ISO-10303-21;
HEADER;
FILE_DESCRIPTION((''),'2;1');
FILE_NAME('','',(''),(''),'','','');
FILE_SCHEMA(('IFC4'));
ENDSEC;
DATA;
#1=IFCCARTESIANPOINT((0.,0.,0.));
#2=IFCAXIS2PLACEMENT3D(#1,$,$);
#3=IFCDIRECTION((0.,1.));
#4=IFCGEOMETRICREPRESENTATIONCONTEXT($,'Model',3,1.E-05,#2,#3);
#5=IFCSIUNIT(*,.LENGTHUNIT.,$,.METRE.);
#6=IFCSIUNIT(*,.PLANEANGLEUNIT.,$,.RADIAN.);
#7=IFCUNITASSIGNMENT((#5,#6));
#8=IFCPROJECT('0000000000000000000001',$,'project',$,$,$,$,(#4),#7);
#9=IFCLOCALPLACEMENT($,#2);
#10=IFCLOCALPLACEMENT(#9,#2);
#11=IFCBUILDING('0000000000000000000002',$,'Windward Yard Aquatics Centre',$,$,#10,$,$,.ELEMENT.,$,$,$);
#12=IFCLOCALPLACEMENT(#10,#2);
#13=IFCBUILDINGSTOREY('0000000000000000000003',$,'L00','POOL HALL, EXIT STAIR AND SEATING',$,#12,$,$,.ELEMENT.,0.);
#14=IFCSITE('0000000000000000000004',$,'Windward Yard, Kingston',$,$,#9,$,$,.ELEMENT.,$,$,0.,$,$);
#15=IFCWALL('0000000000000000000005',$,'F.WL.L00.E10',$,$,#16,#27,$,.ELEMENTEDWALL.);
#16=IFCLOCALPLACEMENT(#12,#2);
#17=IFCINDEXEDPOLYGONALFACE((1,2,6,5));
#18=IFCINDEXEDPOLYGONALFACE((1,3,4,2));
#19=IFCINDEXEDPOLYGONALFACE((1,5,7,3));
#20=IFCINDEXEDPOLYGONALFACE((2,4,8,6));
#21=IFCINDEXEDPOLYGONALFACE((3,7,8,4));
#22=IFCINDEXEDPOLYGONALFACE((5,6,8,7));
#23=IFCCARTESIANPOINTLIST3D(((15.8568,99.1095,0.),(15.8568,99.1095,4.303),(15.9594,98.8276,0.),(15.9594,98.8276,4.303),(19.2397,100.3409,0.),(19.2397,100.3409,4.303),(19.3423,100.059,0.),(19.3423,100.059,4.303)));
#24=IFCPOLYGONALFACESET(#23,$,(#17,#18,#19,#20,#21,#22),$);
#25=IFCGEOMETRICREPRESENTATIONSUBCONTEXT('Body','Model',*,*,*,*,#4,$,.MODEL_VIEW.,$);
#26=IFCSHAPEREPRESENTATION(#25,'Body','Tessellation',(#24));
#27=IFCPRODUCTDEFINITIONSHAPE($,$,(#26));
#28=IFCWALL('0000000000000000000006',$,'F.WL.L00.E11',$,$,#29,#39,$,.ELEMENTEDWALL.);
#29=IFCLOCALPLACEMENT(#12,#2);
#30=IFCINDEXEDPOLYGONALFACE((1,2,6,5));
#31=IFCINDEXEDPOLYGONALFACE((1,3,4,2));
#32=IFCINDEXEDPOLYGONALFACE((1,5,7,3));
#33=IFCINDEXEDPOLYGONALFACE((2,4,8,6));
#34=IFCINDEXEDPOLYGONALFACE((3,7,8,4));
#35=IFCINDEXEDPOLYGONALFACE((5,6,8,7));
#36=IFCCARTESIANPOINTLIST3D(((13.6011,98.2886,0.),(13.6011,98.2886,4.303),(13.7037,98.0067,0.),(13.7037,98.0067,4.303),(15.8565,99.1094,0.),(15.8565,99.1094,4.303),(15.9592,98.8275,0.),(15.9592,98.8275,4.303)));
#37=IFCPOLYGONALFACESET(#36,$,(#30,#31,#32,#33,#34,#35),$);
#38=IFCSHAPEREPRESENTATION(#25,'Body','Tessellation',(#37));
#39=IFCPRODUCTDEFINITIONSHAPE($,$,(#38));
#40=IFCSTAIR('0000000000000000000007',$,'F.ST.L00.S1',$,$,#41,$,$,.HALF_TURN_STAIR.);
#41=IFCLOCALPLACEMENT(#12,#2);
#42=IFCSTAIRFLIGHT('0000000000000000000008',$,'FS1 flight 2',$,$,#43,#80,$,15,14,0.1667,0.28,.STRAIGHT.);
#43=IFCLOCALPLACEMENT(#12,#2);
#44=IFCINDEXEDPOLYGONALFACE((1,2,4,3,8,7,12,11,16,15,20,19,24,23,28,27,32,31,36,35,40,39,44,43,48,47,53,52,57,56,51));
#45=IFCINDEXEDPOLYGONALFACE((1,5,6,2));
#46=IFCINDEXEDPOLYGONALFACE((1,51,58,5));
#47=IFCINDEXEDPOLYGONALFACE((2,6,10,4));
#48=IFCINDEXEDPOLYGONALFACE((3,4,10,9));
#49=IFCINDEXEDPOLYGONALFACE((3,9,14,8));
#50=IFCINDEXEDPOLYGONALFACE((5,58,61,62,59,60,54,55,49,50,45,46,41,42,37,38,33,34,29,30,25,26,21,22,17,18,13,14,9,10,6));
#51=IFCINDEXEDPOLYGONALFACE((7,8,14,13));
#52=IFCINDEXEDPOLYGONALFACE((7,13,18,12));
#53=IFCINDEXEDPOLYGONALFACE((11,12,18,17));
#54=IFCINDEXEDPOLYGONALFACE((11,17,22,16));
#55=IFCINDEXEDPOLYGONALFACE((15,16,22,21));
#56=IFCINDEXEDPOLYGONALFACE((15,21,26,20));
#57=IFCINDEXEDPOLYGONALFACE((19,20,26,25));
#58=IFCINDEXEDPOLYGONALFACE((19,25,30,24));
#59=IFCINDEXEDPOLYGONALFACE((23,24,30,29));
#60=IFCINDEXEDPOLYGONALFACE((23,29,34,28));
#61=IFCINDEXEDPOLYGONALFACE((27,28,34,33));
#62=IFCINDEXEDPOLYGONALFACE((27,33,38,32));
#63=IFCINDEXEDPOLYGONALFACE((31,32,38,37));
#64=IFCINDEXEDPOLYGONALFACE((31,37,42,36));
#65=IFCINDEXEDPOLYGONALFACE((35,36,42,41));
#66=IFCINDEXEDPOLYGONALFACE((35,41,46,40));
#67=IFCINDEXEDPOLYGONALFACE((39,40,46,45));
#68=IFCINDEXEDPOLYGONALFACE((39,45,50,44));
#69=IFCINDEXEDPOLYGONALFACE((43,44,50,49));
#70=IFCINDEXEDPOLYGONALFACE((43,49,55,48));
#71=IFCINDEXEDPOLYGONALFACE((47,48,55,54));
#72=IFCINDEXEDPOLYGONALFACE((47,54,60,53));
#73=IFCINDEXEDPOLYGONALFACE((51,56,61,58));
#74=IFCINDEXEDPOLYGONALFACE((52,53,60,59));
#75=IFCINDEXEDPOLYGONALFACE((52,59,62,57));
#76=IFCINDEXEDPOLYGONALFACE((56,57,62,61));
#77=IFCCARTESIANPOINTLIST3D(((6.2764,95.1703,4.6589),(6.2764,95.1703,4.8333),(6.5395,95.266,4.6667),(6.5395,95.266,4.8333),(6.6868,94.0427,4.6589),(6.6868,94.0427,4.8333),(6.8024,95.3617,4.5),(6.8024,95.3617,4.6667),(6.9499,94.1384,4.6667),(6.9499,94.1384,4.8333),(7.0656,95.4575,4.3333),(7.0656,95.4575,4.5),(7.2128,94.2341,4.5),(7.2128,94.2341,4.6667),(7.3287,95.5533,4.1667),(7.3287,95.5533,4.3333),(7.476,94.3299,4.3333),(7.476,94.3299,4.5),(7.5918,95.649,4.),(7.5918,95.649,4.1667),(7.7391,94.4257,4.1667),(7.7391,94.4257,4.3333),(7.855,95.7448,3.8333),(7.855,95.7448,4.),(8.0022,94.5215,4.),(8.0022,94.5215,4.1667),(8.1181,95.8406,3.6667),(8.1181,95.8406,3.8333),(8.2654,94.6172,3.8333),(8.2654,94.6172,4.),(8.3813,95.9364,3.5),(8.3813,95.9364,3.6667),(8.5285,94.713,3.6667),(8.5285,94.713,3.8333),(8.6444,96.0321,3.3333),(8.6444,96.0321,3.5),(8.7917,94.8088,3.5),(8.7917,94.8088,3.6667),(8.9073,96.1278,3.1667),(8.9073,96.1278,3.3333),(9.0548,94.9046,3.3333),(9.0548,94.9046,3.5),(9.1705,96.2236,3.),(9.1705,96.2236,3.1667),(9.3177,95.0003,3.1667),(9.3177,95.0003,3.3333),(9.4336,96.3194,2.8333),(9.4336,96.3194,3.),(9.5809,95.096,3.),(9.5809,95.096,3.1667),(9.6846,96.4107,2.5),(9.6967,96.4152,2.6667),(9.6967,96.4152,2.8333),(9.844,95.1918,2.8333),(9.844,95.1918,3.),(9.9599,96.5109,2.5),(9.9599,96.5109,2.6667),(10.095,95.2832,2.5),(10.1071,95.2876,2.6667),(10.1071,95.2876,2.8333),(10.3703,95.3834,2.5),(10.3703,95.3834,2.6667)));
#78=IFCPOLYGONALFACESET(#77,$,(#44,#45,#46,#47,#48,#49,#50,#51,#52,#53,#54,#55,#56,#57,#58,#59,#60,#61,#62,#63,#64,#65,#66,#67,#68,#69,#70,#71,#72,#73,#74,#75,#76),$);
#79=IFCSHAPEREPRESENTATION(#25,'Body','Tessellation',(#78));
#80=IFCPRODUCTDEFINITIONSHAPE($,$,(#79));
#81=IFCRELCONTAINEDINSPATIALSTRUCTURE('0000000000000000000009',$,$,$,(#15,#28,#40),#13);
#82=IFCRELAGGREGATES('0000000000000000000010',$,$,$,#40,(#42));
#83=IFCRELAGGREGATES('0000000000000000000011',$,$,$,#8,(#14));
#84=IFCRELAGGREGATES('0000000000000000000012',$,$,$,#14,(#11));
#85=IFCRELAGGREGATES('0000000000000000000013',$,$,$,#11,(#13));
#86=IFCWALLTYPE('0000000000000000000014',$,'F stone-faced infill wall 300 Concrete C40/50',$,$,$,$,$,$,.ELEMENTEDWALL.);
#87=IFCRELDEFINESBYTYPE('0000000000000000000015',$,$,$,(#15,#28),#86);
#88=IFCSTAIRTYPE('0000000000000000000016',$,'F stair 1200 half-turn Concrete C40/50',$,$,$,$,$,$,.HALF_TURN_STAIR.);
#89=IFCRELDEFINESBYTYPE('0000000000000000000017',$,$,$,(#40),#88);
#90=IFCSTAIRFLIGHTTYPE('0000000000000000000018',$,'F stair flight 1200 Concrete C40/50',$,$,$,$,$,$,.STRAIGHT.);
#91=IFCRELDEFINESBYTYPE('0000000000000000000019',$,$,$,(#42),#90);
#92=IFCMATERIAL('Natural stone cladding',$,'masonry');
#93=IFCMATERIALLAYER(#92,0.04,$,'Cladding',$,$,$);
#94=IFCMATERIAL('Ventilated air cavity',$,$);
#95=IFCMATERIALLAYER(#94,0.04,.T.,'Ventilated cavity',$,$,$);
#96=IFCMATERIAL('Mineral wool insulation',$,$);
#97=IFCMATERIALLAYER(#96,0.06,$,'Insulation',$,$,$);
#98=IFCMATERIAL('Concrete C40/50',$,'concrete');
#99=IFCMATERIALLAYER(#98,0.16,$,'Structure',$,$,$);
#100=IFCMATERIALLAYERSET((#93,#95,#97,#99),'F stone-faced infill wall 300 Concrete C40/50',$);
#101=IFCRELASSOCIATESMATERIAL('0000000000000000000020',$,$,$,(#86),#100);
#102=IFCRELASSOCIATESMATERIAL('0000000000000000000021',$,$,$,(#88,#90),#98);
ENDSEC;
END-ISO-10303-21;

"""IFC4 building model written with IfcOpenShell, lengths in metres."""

from ifc_helpers import new_model, si_unit, direction, frame, frame_2d, origin, place, context, subcontext, project, spatial, polyline, rectangle, outline, extrude, material, layer, layer_set, type_object, element, aggregate, save


model = new_model("IFC4")

# Units and contexts
model_context = context("Model", 3, precision=1e-05, world=origin(), true_north=direction((0.0, 1.0)))
body_context = subcontext(model_context, "Body", "Model", "MODEL_VIEW")
ifc_project = project(units=[si_unit("LENGTHUNIT", "METRE"), si_unit("PLANEANGLEUNIT", "RADIAN")], contexts=[model_context])

# Site, building, storey
site_placement = place(None, origin())
site = spatial("IfcSite", under=ifc_project, at=site_placement, Name="Windward Yard, Kingston", CompositionType="ELEMENT", RefElevation=0.0)
building_placement = place(site_placement, origin())
building = spatial("IfcBuilding", under=site, at=building_placement, Name="Windward Yard Aquatics Centre", CompositionType="ELEMENT")
storey_placement = place(building_placement, origin())
storey = spatial("IfcBuildingStorey", under=building, at=storey_placement, Name="L00", Description="POOL HALL, EXIT STAIR AND SEATING", CompositionType="ELEMENT", Elevation=0.0)

# Shared definitions
ifc_material_1 = material(Name="Concrete C40/50", Category="concrete")

# Walls
ifc_material_2 = material(Name="Natural stone cladding", Category="masonry")
ifc_layer_1 = layer(ifc_material_2, 0.04, Name="Cladding")
ifc_material_3 = material(Name="Ventilated air cavity")
ifc_layer_2 = layer(ifc_material_3, 0.04, ventilated=True, Name="Ventilated cavity")
ifc_material_4 = material(Name="Mineral wool insulation")
ifc_layer_3 = layer(ifc_material_4, 0.06, Name="Insulation")
ifc_layer_4 = layer(ifc_material_1, 0.16, Name="Structure")
ifc_layer_set_1 = layer_set([ifc_layer_1, ifc_layer_2, ifc_layer_3, ifc_layer_4], Name="F stone-faced infill wall 300 Concrete C40/50")
wall_type_1 = type_object("IfcWallType", Name="F stone-faced infill wall 300 Concrete C40/50", PredefinedType="ELEMENTEDWALL", material=ifc_layer_set_1)
wall_1_placement = place(storey_placement, frame((19.291, 100.2, 0.0), z_axis=(0.0, 0.0, 1.0), x_axis=(-0.939682, -0.342048, 0.0)))
element("IfcWall", 1, at=wall_1_placement, inside=storey, type_object=wall_type_1, Name="F.WL.L00.E10", PredefinedType="ELEMENTEDWALL", context=body_context, shape_type="SweptSolid", body=[
    extrude(rectangle(XDim=3.6001, YDim=0.3, at=frame_2d((1.8, 0.0))), origin(), (0.0, 0.0, 1.0), 4.303),
])
wall_2_placement = place(storey_placement, frame((15.908, 98.9685, 0.0), z_axis=(0.0, 0.0, 1.0), x_axis=(-0.939704, -0.341988, 0.0)))
element("IfcWall", 2, at=wall_2_placement, inside=storey, type_object=wall_type_1, Name="F.WL.L00.E11", PredefinedType="ELEMENTEDWALL", context=body_context, shape_type="SweptSolid", body=[
    extrude(rectangle(XDim=2.4001, YDim=0.3, at=frame_2d((1.2002, 0.0))), origin(), (0.0, 0.0, 1.0), 4.303),
])

# Stair, stair flight
stair_type = type_object("IfcStairType", Name="F stair 1200 half-turn Concrete C40/50", PredefinedType="HALF_TURN_STAIR", material=ifc_material_1)
stair_placement = place(storey_placement, origin())
stair = element("IfcStair", 3, at=stair_placement, inside=storey, type_object=stair_type, Name="F.ST.L00.S1", PredefinedType="HALF_TURN_STAIR")
stair_flight_type = type_object("IfcStairFlightType", Name="F stair flight 1200 Concrete C40/50", PredefinedType="STRAIGHT", material=ifc_material_1)
stair_flight_placement = place(storey_placement, frame((10.165, 95.9473, 2.5), z_axis=(0.0, 0.0, 1.0), x_axis=(-0.939693, -0.34202, 0.0)))
stair_flight = element("IfcStairFlight", 4, at=stair_flight_placement, type_object=stair_flight_type, Name="FS1 flight 2", NumberOfRisers=15, NumberOfTreads=14, PredefinedType="STRAIGHT", RiserHeight=0.1667, TreadLength=0.28, context=body_context, shape_type="SweptSolid", body=[
    extrude(outline(polyline([(0.0, 0.0), (0.0, 0.1667), (0.28, 0.1667), (0.28, 0.3333), (0.5601, 0.3333), (0.5601, 0.5), (0.8401, 0.5), (0.8401, 0.6667), (1.1201, 0.6667), (1.1201, 0.8333), (1.3999, 0.8333), (1.3999, 1.0), (1.6799, 1.0), (1.6799, 1.1667), (1.96, 1.1667), (1.96, 1.3333), (2.24, 1.3333), (2.24, 1.5), (2.52, 1.5), (2.52, 1.6667), (2.8, 1.6667), (2.8, 1.8333), (3.0801, 1.8333), (3.0801, 2.0), (3.3601, 2.0), (3.3601, 2.1667), (3.6399, 2.1667), (3.6399, 2.3333), (3.9199, 2.3333), (3.9199, 2.5), (3.9199, 2.1589), (0.293, 0.0), (0.0, 0.0)])), frame((0.0, 0.6001, 0.0), z_axis=(0.0, -1.0, 0.0), x_axis=(1.0, 0.0, 0.0)), (0.0, 0.0, 1.0), 1.2),
])
aggregate(stair, [stair_flight])

save(model, "model.ifc")
